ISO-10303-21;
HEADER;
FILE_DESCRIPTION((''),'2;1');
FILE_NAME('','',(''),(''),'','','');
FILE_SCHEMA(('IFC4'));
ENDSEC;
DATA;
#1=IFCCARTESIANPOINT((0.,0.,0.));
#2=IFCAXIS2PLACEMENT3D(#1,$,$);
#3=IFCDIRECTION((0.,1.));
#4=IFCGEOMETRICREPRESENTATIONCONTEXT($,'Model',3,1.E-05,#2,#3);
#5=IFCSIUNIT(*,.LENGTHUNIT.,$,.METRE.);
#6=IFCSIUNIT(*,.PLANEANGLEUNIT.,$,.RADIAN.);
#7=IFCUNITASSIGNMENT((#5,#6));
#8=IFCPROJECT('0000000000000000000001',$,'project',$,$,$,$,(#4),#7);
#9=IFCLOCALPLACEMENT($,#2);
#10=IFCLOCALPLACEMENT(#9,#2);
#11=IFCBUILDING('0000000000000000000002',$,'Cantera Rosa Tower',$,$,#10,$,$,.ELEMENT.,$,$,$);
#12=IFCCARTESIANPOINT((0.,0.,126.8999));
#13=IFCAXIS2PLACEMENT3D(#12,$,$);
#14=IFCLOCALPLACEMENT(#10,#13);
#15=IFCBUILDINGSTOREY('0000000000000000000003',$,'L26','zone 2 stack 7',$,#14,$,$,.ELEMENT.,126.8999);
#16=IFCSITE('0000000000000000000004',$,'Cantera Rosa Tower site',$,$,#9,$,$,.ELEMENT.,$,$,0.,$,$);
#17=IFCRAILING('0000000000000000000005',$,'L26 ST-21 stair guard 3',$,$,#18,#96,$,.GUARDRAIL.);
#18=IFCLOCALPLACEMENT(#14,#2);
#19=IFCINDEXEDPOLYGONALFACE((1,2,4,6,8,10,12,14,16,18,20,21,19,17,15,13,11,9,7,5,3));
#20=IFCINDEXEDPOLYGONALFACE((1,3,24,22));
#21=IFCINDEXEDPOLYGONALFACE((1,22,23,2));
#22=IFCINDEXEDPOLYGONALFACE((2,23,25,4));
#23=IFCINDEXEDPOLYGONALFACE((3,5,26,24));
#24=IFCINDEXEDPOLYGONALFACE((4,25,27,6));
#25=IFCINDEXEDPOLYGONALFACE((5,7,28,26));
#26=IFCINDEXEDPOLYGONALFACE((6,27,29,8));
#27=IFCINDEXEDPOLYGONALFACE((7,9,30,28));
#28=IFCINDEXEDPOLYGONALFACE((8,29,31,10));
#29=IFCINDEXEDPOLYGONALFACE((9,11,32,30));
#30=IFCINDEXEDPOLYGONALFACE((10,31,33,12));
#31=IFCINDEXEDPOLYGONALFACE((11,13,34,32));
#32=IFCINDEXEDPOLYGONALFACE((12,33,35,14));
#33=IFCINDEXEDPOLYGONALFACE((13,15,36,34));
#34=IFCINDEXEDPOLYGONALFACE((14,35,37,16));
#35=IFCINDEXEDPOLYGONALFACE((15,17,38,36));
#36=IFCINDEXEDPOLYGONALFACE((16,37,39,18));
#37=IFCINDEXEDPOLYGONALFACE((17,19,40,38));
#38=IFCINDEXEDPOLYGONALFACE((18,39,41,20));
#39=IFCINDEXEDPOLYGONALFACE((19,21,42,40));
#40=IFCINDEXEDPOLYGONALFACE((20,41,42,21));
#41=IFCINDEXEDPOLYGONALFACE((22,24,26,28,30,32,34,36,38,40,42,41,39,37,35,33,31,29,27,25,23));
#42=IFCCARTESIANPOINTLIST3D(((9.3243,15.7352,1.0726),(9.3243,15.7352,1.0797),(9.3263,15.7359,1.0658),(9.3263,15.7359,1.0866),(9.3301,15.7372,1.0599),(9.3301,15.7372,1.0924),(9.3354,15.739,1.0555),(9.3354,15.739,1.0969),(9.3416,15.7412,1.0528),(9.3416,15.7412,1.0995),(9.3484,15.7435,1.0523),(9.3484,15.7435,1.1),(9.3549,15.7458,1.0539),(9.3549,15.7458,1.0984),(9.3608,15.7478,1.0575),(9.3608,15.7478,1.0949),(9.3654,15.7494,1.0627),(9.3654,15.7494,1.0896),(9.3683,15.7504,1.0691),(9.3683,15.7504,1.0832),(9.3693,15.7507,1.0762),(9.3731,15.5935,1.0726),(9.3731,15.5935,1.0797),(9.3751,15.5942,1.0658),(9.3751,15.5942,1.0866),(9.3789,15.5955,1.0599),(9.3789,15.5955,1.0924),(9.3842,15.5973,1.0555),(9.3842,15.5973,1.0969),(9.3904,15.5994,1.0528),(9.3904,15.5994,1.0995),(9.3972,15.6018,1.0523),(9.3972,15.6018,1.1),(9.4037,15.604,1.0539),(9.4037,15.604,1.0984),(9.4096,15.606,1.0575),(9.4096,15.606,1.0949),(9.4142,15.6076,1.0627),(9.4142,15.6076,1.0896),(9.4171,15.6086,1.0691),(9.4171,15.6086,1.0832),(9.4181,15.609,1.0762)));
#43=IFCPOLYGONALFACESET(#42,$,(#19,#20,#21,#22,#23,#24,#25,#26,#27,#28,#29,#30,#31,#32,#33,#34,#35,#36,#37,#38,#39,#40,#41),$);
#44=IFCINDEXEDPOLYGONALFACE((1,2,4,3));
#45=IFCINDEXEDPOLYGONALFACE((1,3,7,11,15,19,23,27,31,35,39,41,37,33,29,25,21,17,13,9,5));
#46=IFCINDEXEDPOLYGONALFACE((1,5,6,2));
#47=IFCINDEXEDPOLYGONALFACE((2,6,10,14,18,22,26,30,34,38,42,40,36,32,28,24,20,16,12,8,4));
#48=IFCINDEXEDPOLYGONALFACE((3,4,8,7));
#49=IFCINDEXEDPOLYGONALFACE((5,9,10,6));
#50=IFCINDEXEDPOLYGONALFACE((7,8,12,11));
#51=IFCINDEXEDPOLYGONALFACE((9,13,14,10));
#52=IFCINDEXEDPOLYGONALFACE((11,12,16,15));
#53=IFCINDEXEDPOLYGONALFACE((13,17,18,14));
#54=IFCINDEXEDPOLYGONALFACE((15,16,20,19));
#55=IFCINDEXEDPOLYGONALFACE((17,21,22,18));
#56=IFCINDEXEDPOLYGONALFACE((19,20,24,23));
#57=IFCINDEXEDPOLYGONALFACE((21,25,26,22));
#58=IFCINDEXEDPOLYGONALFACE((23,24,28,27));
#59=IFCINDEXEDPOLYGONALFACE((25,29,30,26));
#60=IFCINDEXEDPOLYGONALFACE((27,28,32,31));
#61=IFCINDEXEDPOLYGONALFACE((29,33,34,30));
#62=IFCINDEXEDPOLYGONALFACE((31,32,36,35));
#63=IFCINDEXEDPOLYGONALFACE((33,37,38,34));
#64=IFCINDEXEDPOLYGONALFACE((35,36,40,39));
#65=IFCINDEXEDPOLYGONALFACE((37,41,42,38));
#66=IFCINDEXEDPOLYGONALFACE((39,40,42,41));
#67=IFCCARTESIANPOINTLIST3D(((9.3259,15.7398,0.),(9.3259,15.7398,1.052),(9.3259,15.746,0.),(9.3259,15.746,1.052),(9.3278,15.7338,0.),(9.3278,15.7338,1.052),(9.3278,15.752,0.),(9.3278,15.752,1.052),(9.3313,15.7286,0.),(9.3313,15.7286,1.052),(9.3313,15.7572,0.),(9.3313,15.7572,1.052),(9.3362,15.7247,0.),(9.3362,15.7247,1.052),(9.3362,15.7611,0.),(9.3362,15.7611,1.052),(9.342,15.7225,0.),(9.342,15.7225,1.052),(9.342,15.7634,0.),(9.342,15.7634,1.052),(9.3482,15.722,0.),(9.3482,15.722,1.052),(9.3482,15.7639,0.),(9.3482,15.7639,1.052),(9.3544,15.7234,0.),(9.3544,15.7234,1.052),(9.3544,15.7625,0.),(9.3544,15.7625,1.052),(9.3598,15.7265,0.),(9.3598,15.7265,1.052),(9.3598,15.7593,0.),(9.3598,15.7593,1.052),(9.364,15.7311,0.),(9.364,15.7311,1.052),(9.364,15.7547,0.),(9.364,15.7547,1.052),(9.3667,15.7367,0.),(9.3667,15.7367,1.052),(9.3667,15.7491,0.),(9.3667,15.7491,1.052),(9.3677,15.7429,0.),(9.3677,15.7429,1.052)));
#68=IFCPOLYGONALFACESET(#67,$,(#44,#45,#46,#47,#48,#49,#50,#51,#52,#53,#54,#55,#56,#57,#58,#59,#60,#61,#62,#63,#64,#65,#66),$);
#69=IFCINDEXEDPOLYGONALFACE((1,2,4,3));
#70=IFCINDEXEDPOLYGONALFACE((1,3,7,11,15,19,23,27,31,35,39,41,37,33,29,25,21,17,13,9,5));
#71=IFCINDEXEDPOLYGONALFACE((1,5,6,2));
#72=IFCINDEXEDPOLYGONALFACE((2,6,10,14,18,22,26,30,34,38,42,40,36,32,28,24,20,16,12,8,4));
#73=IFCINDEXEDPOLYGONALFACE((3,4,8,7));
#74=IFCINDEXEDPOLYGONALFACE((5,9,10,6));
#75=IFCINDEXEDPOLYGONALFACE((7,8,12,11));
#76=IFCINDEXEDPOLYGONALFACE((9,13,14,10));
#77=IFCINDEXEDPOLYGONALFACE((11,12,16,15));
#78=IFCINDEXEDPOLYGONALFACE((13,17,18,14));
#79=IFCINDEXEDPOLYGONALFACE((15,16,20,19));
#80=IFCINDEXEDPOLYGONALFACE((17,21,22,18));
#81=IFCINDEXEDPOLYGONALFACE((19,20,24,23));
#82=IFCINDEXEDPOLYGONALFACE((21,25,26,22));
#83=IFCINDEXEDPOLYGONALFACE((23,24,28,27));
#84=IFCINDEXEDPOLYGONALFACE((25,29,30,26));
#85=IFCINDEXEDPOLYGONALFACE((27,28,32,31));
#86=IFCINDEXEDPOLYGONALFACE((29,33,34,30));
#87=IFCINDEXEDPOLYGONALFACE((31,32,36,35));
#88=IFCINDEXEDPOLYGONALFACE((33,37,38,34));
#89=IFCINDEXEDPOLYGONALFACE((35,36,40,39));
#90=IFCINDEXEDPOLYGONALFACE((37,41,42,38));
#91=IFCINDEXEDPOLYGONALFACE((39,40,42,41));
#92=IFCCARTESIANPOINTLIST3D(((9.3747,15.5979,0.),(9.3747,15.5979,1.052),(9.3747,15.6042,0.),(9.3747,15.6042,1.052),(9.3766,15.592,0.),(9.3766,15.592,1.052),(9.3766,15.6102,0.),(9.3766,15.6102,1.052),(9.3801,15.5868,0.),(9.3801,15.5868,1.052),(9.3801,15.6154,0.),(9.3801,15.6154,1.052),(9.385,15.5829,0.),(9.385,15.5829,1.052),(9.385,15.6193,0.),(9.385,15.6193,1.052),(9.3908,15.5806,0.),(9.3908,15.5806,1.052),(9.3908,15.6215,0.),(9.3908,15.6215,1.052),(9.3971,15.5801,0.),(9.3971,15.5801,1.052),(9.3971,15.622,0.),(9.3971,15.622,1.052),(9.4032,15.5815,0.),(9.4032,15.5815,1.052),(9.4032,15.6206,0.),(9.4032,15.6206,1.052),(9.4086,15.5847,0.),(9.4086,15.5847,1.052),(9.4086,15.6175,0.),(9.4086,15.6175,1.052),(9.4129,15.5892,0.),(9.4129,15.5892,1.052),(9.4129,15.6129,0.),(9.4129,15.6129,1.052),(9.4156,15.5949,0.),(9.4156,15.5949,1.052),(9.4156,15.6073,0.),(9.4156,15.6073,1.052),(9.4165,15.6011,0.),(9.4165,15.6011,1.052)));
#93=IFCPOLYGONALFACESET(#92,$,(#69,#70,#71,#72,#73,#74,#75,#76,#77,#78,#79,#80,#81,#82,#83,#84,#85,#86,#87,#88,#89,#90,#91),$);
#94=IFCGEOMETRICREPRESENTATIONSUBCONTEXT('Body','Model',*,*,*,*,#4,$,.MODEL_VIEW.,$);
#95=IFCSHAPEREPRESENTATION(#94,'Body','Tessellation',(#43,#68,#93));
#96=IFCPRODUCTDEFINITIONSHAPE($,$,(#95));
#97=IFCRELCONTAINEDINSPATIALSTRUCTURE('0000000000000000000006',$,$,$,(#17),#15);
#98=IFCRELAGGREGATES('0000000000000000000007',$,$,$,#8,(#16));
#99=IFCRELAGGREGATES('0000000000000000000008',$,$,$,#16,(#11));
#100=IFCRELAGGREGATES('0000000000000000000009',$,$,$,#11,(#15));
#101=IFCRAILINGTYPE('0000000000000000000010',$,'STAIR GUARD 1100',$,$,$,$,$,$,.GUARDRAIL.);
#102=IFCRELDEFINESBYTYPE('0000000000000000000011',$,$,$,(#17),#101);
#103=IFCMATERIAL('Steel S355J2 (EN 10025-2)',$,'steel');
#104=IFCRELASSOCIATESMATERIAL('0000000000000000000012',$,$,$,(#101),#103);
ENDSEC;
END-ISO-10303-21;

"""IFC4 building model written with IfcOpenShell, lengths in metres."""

from ifc_helpers import new_model, si_unit, direction, frame, origin, origin_2d, place, context, subcontext, project, spatial, circle, extrude, material, type_object, element, save


model = new_model("IFC4")

# Units and contexts
model_context = context("Model", 3, precision=1e-05, world=origin(), true_north=direction((0.0, 1.0)))
body_context = subcontext(model_context, "Body", "Model", "MODEL_VIEW")
ifc_project = project(units=[si_unit("LENGTHUNIT", "METRE"), si_unit("PLANEANGLEUNIT", "RADIAN")], contexts=[model_context])

# Site, building, storey
site_placement = place(None, origin())
site = spatial("IfcSite", under=ifc_project, at=site_placement, Name="Cantera Rosa Tower site", CompositionType="ELEMENT", RefElevation=0.0)
building_placement = place(site_placement, origin())
building = spatial("IfcBuilding", under=site, at=building_placement, Name="Cantera Rosa Tower", CompositionType="ELEMENT")
storey_placement = place(building_placement, frame((0.0, 0.0, 126.8999)))
storey = spatial("IfcBuildingStorey", under=building, at=storey_placement, Name="L26", Description="zone 2 stack 7", CompositionType="ELEMENT", Elevation=126.8999)

# Railing
ifc_material_1 = material(Name="Steel S355J2 (EN 10025-2)", Category="steel")
railing_type_1 = type_object("IfcRailingType", Name="STAIR GUARD 1100", PredefinedType="GUARDRAIL", material=ifc_material_1)
railing_1_placement = place(storey_placement, frame((9.3467, 15.7429, 0.0)))
element("IfcRailing", 1, at=railing_1_placement, inside=storey, type_object=railing_type_1, Name="L26 ST-21 stair guard 3", PredefinedType="GUARDRAIL", context=body_context, shape_type="SweptSolid", body=[
    extrude(circle(Radius=0.0239, at=origin_2d()), frame((0.0, 0.0, 1.0762), z_axis=(0.325489, -0.945546, 0.0), x_axis=(0.945546, 0.325489, 0.0)), (0.0, 0.0, 1.0), 0.1499),
    extrude(circle(Radius=0.021, at=origin_2d()), origin(), (0.0, 0.0, 1.0), 1.052),
    extrude(circle(Radius=0.021, at=origin_2d()), frame((0.0488, -0.1418, 0.0)), (0.0, 0.0, 1.0), 1.052),
])

save(model, "model.ifc")
